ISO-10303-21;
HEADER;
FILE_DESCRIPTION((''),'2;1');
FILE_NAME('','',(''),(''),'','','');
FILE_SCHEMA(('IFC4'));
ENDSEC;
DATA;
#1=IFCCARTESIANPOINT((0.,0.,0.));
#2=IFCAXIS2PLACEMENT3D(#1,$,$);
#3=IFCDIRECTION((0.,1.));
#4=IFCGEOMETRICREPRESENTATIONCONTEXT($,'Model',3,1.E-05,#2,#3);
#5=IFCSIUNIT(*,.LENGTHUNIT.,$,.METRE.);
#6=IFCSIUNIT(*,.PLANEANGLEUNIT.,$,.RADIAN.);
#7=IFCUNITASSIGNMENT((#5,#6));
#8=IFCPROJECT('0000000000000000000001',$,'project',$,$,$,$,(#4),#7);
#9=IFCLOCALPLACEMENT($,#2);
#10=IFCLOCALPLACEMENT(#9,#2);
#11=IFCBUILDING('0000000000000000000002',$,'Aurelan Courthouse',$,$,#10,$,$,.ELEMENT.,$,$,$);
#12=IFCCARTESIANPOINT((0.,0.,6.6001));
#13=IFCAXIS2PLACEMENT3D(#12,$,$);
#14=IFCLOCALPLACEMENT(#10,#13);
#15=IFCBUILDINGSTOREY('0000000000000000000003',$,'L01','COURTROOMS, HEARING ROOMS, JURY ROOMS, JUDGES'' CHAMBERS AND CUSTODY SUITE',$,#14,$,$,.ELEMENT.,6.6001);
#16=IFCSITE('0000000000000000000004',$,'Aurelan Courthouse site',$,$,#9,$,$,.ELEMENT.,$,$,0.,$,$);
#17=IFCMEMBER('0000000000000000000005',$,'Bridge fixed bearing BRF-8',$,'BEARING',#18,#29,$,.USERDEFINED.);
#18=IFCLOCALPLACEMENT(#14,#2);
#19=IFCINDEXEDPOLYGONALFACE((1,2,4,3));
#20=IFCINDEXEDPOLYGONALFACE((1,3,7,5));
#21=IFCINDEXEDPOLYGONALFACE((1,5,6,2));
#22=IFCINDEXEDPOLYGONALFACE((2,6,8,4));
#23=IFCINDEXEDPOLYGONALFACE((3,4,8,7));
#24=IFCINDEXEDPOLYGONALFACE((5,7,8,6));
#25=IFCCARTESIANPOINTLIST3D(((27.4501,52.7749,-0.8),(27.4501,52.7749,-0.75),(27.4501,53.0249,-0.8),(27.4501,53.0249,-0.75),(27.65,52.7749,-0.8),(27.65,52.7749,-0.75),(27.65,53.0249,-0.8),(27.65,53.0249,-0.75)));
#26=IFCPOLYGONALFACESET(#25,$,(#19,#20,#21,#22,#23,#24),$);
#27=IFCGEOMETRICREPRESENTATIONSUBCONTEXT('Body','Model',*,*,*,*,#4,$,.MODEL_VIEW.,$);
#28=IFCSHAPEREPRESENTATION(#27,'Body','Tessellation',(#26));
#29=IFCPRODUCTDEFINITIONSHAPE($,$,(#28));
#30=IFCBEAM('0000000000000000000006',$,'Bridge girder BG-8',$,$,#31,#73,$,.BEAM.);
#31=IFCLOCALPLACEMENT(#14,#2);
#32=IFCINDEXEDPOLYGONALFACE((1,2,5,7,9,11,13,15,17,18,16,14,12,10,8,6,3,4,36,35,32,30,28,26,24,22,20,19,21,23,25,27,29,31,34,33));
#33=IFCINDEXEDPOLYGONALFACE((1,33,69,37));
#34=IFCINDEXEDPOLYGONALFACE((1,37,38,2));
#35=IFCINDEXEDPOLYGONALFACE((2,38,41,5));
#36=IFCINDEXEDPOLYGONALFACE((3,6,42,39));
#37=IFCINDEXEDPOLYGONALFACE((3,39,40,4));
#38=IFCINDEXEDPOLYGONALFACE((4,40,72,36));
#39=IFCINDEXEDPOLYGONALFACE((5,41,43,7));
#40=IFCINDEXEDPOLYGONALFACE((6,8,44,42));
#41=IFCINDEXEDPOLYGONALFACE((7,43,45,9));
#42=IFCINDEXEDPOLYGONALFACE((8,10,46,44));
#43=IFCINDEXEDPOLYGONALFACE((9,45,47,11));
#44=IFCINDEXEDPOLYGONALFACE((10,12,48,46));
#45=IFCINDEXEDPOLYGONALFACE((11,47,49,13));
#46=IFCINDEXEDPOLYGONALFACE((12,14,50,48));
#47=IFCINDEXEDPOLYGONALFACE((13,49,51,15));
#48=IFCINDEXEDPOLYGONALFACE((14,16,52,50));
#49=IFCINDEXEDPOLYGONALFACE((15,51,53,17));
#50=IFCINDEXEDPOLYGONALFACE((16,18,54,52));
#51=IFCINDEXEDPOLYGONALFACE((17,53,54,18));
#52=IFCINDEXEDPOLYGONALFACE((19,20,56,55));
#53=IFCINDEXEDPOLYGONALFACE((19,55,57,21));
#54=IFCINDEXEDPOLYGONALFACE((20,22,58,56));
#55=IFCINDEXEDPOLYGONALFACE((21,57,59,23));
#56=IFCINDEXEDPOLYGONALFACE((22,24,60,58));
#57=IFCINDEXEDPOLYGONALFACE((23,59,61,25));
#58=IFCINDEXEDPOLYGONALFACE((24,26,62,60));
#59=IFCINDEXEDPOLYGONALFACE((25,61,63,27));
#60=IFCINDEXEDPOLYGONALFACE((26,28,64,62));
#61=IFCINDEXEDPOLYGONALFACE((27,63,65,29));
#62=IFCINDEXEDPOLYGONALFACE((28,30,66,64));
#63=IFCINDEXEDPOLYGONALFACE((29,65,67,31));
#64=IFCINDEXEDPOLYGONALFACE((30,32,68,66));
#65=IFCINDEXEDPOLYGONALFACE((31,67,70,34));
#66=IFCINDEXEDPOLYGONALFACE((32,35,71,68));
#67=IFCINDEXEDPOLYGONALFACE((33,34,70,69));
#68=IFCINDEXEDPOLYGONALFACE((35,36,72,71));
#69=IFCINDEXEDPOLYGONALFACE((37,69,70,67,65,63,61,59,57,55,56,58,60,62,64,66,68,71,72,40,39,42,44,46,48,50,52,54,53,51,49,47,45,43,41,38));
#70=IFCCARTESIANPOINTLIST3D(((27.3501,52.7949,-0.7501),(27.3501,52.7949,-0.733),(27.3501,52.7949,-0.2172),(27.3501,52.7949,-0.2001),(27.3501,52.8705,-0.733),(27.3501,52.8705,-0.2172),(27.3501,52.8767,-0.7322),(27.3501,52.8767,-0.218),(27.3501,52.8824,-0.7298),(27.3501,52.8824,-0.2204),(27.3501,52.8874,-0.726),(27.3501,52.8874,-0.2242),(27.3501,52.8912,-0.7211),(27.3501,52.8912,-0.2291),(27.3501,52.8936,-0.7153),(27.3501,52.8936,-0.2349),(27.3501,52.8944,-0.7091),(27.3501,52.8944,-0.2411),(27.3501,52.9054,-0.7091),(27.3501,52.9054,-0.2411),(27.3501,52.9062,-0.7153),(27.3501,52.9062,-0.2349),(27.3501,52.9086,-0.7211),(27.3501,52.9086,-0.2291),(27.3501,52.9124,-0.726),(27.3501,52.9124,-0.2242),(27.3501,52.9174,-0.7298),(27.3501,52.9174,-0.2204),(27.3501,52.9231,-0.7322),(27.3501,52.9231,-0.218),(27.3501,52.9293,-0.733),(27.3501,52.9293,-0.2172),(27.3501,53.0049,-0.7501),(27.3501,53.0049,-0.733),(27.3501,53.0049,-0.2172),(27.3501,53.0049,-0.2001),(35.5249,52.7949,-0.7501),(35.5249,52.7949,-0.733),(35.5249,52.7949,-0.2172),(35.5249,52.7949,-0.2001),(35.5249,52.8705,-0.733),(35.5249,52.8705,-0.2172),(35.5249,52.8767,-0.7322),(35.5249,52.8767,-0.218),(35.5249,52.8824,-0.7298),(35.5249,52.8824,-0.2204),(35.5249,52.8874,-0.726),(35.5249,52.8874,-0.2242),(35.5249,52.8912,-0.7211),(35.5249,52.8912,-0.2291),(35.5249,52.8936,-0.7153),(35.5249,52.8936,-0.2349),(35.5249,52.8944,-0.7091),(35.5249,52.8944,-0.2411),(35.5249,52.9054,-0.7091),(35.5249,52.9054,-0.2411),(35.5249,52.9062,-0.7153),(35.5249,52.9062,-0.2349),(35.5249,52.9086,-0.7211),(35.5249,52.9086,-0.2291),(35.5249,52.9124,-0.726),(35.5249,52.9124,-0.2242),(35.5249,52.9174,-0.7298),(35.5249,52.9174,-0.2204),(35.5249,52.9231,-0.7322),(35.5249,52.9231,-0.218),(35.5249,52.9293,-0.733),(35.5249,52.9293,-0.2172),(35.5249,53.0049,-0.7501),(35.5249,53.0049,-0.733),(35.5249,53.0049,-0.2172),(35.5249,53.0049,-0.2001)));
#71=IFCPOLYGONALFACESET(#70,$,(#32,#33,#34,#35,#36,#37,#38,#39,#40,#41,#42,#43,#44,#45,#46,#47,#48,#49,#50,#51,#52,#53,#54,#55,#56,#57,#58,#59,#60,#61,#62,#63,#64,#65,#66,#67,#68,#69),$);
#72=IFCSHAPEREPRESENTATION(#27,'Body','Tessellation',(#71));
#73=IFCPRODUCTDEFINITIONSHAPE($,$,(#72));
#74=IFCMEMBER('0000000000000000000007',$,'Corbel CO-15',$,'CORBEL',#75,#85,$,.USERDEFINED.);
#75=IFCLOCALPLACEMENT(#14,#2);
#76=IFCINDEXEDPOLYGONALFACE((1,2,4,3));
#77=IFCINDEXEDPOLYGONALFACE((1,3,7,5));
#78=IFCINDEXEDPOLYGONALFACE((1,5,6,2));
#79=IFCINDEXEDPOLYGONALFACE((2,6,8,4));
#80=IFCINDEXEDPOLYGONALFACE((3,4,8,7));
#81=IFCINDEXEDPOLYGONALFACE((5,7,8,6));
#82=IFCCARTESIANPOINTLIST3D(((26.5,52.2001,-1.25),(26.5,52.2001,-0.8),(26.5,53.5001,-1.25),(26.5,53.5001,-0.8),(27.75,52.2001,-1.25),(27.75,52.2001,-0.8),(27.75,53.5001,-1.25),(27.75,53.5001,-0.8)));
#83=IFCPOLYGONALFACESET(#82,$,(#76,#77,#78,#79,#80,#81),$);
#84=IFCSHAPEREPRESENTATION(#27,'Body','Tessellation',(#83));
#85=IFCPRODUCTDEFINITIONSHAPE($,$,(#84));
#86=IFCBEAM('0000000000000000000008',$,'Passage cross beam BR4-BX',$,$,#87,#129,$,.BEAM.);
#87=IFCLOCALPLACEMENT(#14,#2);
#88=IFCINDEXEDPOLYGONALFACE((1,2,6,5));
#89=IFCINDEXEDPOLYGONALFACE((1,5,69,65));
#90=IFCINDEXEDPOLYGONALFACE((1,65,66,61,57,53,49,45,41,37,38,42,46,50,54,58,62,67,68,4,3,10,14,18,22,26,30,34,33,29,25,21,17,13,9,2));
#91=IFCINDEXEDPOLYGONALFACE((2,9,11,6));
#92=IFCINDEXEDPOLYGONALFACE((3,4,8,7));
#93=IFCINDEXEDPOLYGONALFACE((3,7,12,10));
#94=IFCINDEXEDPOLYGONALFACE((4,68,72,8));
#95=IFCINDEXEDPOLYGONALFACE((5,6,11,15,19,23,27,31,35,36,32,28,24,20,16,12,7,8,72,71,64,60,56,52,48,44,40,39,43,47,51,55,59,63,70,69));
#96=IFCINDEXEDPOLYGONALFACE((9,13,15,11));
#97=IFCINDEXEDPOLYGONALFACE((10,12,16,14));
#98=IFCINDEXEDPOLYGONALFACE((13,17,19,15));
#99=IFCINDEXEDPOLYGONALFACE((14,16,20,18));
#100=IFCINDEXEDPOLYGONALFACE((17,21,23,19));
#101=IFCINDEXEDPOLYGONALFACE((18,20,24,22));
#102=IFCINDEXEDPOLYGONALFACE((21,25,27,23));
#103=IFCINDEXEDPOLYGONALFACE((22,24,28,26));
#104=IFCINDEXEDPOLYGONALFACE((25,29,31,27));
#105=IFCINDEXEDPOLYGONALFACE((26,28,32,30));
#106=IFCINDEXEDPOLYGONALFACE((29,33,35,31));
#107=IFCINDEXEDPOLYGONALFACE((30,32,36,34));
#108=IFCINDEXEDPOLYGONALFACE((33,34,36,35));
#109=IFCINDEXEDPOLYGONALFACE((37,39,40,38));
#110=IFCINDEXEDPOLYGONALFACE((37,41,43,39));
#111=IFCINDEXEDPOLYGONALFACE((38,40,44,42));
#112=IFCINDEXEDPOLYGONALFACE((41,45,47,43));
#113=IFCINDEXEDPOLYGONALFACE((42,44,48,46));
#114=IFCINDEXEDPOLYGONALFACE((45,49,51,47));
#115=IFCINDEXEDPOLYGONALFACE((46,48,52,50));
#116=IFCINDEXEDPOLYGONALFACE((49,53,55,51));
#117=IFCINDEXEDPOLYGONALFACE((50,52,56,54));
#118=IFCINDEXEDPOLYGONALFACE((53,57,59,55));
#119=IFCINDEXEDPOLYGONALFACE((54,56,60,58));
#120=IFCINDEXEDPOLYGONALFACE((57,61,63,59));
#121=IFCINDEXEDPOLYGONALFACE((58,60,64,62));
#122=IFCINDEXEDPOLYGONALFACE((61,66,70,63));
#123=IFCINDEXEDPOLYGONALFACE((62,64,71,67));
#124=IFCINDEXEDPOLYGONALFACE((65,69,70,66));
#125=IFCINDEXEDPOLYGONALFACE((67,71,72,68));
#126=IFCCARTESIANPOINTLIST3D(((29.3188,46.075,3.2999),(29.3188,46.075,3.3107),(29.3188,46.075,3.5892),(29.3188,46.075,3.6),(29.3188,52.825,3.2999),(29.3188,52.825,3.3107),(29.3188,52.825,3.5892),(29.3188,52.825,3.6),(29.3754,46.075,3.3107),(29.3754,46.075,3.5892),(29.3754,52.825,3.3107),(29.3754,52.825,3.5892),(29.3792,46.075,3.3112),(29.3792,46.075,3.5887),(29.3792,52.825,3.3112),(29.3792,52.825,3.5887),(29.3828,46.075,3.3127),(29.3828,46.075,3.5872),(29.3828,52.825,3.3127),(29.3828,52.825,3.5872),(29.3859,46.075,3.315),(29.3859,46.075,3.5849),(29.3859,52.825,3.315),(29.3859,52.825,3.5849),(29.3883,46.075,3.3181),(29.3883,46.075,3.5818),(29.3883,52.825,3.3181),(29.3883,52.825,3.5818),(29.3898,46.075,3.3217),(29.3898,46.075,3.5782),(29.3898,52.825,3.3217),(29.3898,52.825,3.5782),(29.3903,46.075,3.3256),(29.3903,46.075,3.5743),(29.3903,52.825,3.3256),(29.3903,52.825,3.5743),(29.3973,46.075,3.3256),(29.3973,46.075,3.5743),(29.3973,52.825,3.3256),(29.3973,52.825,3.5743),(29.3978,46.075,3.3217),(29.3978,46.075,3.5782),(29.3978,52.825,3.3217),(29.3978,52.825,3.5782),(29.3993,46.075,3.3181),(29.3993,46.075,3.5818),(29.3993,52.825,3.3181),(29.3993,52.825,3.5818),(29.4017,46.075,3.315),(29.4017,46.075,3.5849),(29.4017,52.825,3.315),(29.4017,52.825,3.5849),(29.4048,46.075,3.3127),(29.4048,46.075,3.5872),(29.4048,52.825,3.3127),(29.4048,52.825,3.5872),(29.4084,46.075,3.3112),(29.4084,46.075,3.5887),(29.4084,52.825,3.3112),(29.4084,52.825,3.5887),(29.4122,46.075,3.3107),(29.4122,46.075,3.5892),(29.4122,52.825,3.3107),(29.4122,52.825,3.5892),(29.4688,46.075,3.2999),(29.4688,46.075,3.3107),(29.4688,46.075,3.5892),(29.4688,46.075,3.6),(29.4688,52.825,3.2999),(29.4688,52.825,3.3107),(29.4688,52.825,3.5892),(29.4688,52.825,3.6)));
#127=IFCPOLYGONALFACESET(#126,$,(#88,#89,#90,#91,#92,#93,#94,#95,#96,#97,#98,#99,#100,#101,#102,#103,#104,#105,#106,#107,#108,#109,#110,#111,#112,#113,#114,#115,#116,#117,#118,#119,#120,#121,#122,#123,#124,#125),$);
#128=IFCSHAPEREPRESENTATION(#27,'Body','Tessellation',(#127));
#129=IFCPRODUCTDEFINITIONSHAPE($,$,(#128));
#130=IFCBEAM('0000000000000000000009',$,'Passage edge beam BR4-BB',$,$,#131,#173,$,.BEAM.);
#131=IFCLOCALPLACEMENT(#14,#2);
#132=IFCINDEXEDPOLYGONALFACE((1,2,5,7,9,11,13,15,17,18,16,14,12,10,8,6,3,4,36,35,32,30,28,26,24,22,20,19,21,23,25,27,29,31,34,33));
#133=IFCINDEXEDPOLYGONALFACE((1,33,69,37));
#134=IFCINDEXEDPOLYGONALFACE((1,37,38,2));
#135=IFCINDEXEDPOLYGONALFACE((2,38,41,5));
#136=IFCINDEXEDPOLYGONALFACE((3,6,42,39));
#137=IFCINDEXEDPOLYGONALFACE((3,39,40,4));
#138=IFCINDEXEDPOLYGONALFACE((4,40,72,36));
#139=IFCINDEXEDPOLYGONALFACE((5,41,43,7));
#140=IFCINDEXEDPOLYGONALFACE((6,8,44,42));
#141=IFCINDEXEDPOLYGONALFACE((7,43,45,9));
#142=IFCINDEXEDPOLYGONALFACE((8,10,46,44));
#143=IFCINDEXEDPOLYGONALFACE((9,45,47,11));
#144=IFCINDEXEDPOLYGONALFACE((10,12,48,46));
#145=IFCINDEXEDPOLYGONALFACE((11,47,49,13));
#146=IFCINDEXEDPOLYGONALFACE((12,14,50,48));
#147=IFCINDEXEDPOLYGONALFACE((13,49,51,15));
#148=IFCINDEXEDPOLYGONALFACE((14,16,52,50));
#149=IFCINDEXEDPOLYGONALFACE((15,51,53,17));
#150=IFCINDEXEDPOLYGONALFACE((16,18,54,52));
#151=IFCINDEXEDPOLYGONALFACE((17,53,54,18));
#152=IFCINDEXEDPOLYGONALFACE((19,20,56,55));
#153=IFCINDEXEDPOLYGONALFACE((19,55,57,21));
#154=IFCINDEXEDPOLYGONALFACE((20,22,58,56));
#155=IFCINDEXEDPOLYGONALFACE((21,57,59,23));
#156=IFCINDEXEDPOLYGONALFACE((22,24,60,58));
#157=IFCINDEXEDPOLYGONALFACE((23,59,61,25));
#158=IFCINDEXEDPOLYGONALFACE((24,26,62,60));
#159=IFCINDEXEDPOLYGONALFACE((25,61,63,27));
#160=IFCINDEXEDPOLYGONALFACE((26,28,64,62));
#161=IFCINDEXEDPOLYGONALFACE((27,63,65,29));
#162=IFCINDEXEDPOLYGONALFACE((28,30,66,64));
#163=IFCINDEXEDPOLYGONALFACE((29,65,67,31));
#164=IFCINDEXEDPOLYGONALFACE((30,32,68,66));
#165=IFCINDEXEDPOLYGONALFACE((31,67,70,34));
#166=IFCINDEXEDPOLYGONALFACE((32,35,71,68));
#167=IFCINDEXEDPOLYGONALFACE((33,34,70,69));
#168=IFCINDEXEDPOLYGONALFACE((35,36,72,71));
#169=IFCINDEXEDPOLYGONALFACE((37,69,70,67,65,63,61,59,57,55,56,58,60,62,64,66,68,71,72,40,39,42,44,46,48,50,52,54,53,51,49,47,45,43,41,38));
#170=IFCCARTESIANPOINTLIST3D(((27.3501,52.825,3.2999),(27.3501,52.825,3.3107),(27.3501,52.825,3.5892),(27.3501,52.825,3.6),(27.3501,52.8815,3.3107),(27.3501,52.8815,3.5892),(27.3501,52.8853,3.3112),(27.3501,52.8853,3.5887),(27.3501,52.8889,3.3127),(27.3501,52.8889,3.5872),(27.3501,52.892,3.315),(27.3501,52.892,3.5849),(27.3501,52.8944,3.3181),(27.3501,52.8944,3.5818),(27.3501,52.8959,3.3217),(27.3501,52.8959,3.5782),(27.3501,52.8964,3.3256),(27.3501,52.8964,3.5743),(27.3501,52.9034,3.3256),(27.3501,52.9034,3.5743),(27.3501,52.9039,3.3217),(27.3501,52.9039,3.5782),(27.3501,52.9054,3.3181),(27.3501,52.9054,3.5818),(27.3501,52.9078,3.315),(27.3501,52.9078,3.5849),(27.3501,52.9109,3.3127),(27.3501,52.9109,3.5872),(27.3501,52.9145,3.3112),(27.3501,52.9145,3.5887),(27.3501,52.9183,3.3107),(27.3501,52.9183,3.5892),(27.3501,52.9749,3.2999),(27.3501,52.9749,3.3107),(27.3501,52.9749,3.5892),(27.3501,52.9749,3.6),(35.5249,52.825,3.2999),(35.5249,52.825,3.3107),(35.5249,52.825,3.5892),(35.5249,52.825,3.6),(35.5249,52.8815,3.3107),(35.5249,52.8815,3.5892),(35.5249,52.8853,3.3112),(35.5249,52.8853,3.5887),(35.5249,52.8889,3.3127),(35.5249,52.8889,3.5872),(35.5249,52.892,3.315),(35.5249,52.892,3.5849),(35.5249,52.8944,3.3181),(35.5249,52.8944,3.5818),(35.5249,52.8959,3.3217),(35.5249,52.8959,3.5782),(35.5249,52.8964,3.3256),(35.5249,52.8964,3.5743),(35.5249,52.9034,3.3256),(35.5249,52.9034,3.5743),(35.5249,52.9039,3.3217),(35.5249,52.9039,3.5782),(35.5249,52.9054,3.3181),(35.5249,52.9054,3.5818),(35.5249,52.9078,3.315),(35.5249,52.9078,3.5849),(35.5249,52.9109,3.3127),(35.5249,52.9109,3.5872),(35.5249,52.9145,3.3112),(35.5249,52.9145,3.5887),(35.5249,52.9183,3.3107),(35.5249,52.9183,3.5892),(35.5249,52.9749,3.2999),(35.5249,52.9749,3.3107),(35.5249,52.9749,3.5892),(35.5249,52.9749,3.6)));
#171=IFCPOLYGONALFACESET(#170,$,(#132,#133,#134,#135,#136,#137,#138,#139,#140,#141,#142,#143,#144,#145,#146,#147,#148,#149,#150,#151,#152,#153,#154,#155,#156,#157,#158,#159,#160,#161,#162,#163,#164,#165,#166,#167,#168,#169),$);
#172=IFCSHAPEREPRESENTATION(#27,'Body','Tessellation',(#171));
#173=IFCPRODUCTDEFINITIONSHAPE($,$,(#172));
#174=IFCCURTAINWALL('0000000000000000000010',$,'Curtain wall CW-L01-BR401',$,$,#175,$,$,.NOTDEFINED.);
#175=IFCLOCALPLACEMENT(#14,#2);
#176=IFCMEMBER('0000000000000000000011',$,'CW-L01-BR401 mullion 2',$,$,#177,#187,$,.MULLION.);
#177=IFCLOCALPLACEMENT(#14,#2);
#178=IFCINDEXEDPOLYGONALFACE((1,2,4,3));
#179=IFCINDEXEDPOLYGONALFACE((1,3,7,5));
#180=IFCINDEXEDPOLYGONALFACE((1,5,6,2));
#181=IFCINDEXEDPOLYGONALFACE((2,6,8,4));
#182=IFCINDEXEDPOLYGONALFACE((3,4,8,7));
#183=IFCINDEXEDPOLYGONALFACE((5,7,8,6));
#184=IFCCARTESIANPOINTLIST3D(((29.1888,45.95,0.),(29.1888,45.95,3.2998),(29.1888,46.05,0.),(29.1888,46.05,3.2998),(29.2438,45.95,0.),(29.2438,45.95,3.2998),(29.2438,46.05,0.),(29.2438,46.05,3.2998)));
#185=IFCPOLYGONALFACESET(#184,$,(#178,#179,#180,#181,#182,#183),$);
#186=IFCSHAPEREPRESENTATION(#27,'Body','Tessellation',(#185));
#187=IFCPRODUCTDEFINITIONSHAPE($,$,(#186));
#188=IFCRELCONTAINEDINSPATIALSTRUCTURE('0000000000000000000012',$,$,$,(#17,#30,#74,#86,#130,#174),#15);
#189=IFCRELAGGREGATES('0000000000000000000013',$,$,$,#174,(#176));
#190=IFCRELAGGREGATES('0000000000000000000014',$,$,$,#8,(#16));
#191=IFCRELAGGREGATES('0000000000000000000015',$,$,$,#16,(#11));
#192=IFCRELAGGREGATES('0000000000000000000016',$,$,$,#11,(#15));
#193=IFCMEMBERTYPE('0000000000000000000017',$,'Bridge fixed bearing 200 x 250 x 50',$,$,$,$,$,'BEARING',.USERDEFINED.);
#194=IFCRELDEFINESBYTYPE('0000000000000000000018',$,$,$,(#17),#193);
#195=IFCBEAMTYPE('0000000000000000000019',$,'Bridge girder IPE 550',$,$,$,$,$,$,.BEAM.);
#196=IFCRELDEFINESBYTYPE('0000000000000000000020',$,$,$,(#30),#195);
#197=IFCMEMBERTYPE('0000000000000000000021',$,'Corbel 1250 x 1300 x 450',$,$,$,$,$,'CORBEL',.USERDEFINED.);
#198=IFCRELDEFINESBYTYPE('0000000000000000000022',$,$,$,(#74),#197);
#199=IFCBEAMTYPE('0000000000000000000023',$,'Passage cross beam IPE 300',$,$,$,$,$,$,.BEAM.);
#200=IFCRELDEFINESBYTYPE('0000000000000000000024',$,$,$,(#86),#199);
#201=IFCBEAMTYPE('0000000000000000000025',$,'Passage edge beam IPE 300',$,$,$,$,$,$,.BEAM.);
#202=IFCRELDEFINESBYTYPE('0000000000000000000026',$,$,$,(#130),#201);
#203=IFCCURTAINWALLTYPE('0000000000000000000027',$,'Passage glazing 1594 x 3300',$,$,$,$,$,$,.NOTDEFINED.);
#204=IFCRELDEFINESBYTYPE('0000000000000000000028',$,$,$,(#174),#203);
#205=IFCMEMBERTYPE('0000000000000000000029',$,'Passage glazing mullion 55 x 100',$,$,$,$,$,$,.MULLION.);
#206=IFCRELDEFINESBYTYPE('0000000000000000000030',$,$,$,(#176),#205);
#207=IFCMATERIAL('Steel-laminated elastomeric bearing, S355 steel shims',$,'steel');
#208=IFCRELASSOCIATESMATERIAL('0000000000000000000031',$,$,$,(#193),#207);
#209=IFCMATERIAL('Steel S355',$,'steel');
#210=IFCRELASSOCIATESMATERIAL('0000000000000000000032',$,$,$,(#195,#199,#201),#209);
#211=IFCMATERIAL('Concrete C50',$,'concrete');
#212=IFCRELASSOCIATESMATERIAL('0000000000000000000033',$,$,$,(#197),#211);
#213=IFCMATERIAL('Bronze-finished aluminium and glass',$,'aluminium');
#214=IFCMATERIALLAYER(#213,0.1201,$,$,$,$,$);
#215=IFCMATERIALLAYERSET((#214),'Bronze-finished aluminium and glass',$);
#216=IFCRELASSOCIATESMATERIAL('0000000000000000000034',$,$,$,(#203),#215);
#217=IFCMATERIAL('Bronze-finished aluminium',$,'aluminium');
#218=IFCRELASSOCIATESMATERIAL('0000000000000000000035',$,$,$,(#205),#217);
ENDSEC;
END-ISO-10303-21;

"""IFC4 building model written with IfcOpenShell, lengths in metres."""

from ifc_helpers import new_model, si_unit, direction, frame, origin, origin_2d, place, context, subcontext, project, spatial, rectangle, i_section, extrude, material, layer, layer_set, material_profile, profile_set, type_object, element, aggregate, save


model = new_model("IFC4")

# Units and contexts
model_context = context("Model", 3, precision=1e-05, world=origin(), true_north=direction((0.0, 1.0)))
body_context = subcontext(model_context, "Body", "Model", "MODEL_VIEW")
ifc_project = project(units=[si_unit("LENGTHUNIT", "METRE"), si_unit("PLANEANGLEUNIT", "RADIAN")], contexts=[model_context])

# Site, building, storey
site_placement = place(None, origin())
site = spatial("IfcSite", under=ifc_project, at=site_placement, Name="Aurelan Courthouse site", CompositionType="ELEMENT", RefElevation=0.0)
building_placement = place(site_placement, origin())
building = spatial("IfcBuilding", under=site, at=building_placement, Name="Aurelan Courthouse", CompositionType="ELEMENT")
storey_placement = place(building_placement, frame((0.0, 0.0, 6.6001)))
storey = spatial("IfcBuildingStorey", under=building, at=storey_placement, Name="L01", Description="COURTROOMS, HEARING ROOMS, JURY ROOMS, JUDGES' CHAMBERS AND CUSTODY SUITE", CompositionType="ELEMENT", Elevation=6.6001)

# Member
ifc_material_1 = material(Name="Steel-laminated elastomeric bearing, S355 steel shims", Category="steel")
ifc_material_profile_1 = material_profile(ifc_material_1, rectangle(XDim=0.2, YDim=0.25, at=origin_2d()), Name="PL 200 x 250")
ifc_profile_set_1 = profile_set([ifc_material_profile_1], Name="Steel-laminated elastomeric bearing, S355 steel shims")
member_type_1 = type_object("IfcMemberType", Name="Bridge fixed bearing 200 x 250 x 50", ElementType="BEARING", PredefinedType="USERDEFINED", material=ifc_profile_set_1)
member_1_placement = place(storey_placement, frame((27.55, 52.8999, -0.8), z_axis=(0.0, 0.0, 1.0), x_axis=(1.0, 0.0, 0.0)))
element("IfcMember", 1, at=member_1_placement, inside=storey, type_object=member_type_1, Name="Bridge fixed bearing BRF-8", ObjectType="BEARING", PredefinedType="USERDEFINED", context=body_context, shape_type="SweptSolid", body=[
    extrude(rectangle(XDim=0.2, YDim=0.25, at=origin_2d()), origin(), (0.0, 0.0, 1.0), 0.05),
])

# Beam
ifc_material_2 = material(Name="Steel S355", Category="steel")
ifc_material_profile_2 = material_profile(ifc_material_2, i_section(OverallWidth=0.21, OverallDepth=0.55, WebThickness=0.011, FlangeThickness=0.0171, FilletRadius=0.0239, at=origin_2d()), Name="IPE 550")
ifc_profile_set_2 = profile_set([ifc_material_profile_2], Name="Steel S355")
beam_type_1 = type_object("IfcBeamType", Name="Bridge girder IPE 550", PredefinedType="BEAM", material=ifc_profile_set_2)
beam_1_placement = place(storey_placement, frame((27.3501, 52.8999, -0.4751), z_axis=(1.0, 0.0, 0.0), x_axis=(0.0, 1.0, 0.0)))
element("IfcBeam", 2, at=beam_1_placement, inside=storey, type_object=beam_type_1, Name="Bridge girder BG-8", PredefinedType="BEAM", context=body_context, shape_type="SweptSolid", body=[
    extrude(i_section(OverallWidth=0.21, OverallDepth=0.55, WebThickness=0.011, FlangeThickness=0.0171, FilletRadius=0.0239, at=origin_2d()), origin(), (0.0, 0.0, 1.0), 8.1748),
])

# Member
ifc_material_3 = material(Name="Concrete C50", Category="concrete")
member_type_2 = type_object("IfcMemberType", Name="Corbel 1250 x 1300 x 450", ElementType="CORBEL", PredefinedType="USERDEFINED", material=ifc_material_3)
member_2_placement = place(storey_placement, frame((27.125, 52.8501, -1.25), z_axis=(0.0, 0.0, 1.0), x_axis=(1.0, 0.0, 0.0)))
element("IfcMember", 3, at=member_2_placement, inside=storey, type_object=member_type_2, Name="Corbel CO-15", ObjectType="CORBEL", PredefinedType="USERDEFINED", context=body_context, shape_type="SweptSolid", body=[
    extrude(rectangle(XDim=1.25, YDim=1.3, at=origin_2d()), origin(), (0.0, 0.0, 1.0), 0.45),
])

# Beams
ifc_material_profile_3 = material_profile(ifc_material_2, i_section(OverallWidth=0.1499, OverallDepth=0.3, WebThickness=0.0071, FlangeThickness=0.0107, FilletRadius=0.0149, at=origin_2d()), Name="IPE 300")
ifc_profile_set_3 = profile_set([ifc_material_profile_3], Name="Steel S355")
beam_type_2 = type_object("IfcBeamType", Name="Passage cross beam IPE 300", PredefinedType="BEAM", material=ifc_profile_set_3)
beam_2_placement = place(storey_placement, frame((29.3938, 46.075, 3.45), z_axis=(0.0, 1.0, 0.0), x_axis=(-1.0, 0.0, 0.0)))
element("IfcBeam", 4, at=beam_2_placement, inside=storey, type_object=beam_type_2, Name="Passage cross beam BR4-BX", PredefinedType="BEAM", context=body_context, shape_type="SweptSolid", body=[
    extrude(i_section(OverallWidth=0.1499, OverallDepth=0.3, WebThickness=0.0071, FlangeThickness=0.0107, FilletRadius=0.0149, at=origin_2d()), origin(), (0.0, 0.0, 1.0), 6.75),
])
ifc_material_profile_4 = material_profile(ifc_material_2, i_section(OverallWidth=0.1499, OverallDepth=0.3, WebThickness=0.0071, FlangeThickness=0.0107, FilletRadius=0.0149, at=origin_2d()), Name="IPE 300")
ifc_profile_set_4 = profile_set([ifc_material_profile_4], Name="Steel S355")
beam_type_3 = type_object("IfcBeamType", Name="Passage edge beam IPE 300", PredefinedType="BEAM", material=ifc_profile_set_4)
beam_3_placement = place(storey_placement, frame((27.3501, 52.8999, 3.45), z_axis=(1.0, 0.0, 0.0), x_axis=(0.0, 1.0, 0.0)))
element("IfcBeam", 5, at=beam_3_placement, inside=storey, type_object=beam_type_3, Name="Passage edge beam BR4-BB", PredefinedType="BEAM", context=body_context, shape_type="SweptSolid", body=[
    extrude(i_section(OverallWidth=0.1499, OverallDepth=0.3, WebThickness=0.0071, FlangeThickness=0.0107, FilletRadius=0.0149, at=origin_2d()), origin(), (0.0, 0.0, 1.0), 8.1748),
])

# Curtain wall, member
ifc_material_4 = material(Name="Bronze-finished aluminium and glass", Category="aluminium")
ifc_layer_1 = layer(ifc_material_4, 0.1201)
ifc_layer_set_1 = layer_set([ifc_layer_1], Name="Bronze-finished aluminium and glass")
curtain_wall_type = type_object("IfcCurtainWallType", Name="Passage glazing 1594 x 3300", PredefinedType="NOTDEFINED", material=ifc_layer_set_1)
curtain_wall_1_placement = place(storey_placement, origin())
curtain_wall_1 = element("IfcCurtainWall", 6, at=curtain_wall_1_placement, inside=storey, type_object=curtain_wall_type, Name="Curtain wall CW-L01-BR401", PredefinedType="NOTDEFINED")
ifc_material_5 = material(Name="Bronze-finished aluminium", Category="aluminium")
ifc_material_profile_5 = material_profile(ifc_material_5, rectangle(XDim=0.1001, YDim=0.0549, at=origin_2d()), Name="Passage glazing mullion 55 x 100")
ifc_profile_set_5 = profile_set([ifc_material_profile_5], Name="Bronze-finished aluminium")
member_type_3 = type_object("IfcMemberType", Name="Passage glazing mullion 55 x 100", PredefinedType="MULLION", material=ifc_profile_set_5)
member_3_placement = place(storey_placement, frame((29.2163, 46.0, 0.0), z_axis=(0.0, 0.0, 1.0), x_axis=(0.0, 1.0, 0.0)))
member_3 = element("IfcMember", 7, at=member_3_placement, type_object=member_type_3, Name="CW-L01-BR401 mullion 2", PredefinedType="MULLION", context=body_context, shape_type="SweptSolid", body=[
    extrude(rectangle(XDim=0.1001, YDim=0.0549, at=origin_2d()), origin(), (0.0, 0.0, 1.0), 3.2998),
])

aggregate(curtain_wall_1, [member_3])

save(model, "model.ifc")
